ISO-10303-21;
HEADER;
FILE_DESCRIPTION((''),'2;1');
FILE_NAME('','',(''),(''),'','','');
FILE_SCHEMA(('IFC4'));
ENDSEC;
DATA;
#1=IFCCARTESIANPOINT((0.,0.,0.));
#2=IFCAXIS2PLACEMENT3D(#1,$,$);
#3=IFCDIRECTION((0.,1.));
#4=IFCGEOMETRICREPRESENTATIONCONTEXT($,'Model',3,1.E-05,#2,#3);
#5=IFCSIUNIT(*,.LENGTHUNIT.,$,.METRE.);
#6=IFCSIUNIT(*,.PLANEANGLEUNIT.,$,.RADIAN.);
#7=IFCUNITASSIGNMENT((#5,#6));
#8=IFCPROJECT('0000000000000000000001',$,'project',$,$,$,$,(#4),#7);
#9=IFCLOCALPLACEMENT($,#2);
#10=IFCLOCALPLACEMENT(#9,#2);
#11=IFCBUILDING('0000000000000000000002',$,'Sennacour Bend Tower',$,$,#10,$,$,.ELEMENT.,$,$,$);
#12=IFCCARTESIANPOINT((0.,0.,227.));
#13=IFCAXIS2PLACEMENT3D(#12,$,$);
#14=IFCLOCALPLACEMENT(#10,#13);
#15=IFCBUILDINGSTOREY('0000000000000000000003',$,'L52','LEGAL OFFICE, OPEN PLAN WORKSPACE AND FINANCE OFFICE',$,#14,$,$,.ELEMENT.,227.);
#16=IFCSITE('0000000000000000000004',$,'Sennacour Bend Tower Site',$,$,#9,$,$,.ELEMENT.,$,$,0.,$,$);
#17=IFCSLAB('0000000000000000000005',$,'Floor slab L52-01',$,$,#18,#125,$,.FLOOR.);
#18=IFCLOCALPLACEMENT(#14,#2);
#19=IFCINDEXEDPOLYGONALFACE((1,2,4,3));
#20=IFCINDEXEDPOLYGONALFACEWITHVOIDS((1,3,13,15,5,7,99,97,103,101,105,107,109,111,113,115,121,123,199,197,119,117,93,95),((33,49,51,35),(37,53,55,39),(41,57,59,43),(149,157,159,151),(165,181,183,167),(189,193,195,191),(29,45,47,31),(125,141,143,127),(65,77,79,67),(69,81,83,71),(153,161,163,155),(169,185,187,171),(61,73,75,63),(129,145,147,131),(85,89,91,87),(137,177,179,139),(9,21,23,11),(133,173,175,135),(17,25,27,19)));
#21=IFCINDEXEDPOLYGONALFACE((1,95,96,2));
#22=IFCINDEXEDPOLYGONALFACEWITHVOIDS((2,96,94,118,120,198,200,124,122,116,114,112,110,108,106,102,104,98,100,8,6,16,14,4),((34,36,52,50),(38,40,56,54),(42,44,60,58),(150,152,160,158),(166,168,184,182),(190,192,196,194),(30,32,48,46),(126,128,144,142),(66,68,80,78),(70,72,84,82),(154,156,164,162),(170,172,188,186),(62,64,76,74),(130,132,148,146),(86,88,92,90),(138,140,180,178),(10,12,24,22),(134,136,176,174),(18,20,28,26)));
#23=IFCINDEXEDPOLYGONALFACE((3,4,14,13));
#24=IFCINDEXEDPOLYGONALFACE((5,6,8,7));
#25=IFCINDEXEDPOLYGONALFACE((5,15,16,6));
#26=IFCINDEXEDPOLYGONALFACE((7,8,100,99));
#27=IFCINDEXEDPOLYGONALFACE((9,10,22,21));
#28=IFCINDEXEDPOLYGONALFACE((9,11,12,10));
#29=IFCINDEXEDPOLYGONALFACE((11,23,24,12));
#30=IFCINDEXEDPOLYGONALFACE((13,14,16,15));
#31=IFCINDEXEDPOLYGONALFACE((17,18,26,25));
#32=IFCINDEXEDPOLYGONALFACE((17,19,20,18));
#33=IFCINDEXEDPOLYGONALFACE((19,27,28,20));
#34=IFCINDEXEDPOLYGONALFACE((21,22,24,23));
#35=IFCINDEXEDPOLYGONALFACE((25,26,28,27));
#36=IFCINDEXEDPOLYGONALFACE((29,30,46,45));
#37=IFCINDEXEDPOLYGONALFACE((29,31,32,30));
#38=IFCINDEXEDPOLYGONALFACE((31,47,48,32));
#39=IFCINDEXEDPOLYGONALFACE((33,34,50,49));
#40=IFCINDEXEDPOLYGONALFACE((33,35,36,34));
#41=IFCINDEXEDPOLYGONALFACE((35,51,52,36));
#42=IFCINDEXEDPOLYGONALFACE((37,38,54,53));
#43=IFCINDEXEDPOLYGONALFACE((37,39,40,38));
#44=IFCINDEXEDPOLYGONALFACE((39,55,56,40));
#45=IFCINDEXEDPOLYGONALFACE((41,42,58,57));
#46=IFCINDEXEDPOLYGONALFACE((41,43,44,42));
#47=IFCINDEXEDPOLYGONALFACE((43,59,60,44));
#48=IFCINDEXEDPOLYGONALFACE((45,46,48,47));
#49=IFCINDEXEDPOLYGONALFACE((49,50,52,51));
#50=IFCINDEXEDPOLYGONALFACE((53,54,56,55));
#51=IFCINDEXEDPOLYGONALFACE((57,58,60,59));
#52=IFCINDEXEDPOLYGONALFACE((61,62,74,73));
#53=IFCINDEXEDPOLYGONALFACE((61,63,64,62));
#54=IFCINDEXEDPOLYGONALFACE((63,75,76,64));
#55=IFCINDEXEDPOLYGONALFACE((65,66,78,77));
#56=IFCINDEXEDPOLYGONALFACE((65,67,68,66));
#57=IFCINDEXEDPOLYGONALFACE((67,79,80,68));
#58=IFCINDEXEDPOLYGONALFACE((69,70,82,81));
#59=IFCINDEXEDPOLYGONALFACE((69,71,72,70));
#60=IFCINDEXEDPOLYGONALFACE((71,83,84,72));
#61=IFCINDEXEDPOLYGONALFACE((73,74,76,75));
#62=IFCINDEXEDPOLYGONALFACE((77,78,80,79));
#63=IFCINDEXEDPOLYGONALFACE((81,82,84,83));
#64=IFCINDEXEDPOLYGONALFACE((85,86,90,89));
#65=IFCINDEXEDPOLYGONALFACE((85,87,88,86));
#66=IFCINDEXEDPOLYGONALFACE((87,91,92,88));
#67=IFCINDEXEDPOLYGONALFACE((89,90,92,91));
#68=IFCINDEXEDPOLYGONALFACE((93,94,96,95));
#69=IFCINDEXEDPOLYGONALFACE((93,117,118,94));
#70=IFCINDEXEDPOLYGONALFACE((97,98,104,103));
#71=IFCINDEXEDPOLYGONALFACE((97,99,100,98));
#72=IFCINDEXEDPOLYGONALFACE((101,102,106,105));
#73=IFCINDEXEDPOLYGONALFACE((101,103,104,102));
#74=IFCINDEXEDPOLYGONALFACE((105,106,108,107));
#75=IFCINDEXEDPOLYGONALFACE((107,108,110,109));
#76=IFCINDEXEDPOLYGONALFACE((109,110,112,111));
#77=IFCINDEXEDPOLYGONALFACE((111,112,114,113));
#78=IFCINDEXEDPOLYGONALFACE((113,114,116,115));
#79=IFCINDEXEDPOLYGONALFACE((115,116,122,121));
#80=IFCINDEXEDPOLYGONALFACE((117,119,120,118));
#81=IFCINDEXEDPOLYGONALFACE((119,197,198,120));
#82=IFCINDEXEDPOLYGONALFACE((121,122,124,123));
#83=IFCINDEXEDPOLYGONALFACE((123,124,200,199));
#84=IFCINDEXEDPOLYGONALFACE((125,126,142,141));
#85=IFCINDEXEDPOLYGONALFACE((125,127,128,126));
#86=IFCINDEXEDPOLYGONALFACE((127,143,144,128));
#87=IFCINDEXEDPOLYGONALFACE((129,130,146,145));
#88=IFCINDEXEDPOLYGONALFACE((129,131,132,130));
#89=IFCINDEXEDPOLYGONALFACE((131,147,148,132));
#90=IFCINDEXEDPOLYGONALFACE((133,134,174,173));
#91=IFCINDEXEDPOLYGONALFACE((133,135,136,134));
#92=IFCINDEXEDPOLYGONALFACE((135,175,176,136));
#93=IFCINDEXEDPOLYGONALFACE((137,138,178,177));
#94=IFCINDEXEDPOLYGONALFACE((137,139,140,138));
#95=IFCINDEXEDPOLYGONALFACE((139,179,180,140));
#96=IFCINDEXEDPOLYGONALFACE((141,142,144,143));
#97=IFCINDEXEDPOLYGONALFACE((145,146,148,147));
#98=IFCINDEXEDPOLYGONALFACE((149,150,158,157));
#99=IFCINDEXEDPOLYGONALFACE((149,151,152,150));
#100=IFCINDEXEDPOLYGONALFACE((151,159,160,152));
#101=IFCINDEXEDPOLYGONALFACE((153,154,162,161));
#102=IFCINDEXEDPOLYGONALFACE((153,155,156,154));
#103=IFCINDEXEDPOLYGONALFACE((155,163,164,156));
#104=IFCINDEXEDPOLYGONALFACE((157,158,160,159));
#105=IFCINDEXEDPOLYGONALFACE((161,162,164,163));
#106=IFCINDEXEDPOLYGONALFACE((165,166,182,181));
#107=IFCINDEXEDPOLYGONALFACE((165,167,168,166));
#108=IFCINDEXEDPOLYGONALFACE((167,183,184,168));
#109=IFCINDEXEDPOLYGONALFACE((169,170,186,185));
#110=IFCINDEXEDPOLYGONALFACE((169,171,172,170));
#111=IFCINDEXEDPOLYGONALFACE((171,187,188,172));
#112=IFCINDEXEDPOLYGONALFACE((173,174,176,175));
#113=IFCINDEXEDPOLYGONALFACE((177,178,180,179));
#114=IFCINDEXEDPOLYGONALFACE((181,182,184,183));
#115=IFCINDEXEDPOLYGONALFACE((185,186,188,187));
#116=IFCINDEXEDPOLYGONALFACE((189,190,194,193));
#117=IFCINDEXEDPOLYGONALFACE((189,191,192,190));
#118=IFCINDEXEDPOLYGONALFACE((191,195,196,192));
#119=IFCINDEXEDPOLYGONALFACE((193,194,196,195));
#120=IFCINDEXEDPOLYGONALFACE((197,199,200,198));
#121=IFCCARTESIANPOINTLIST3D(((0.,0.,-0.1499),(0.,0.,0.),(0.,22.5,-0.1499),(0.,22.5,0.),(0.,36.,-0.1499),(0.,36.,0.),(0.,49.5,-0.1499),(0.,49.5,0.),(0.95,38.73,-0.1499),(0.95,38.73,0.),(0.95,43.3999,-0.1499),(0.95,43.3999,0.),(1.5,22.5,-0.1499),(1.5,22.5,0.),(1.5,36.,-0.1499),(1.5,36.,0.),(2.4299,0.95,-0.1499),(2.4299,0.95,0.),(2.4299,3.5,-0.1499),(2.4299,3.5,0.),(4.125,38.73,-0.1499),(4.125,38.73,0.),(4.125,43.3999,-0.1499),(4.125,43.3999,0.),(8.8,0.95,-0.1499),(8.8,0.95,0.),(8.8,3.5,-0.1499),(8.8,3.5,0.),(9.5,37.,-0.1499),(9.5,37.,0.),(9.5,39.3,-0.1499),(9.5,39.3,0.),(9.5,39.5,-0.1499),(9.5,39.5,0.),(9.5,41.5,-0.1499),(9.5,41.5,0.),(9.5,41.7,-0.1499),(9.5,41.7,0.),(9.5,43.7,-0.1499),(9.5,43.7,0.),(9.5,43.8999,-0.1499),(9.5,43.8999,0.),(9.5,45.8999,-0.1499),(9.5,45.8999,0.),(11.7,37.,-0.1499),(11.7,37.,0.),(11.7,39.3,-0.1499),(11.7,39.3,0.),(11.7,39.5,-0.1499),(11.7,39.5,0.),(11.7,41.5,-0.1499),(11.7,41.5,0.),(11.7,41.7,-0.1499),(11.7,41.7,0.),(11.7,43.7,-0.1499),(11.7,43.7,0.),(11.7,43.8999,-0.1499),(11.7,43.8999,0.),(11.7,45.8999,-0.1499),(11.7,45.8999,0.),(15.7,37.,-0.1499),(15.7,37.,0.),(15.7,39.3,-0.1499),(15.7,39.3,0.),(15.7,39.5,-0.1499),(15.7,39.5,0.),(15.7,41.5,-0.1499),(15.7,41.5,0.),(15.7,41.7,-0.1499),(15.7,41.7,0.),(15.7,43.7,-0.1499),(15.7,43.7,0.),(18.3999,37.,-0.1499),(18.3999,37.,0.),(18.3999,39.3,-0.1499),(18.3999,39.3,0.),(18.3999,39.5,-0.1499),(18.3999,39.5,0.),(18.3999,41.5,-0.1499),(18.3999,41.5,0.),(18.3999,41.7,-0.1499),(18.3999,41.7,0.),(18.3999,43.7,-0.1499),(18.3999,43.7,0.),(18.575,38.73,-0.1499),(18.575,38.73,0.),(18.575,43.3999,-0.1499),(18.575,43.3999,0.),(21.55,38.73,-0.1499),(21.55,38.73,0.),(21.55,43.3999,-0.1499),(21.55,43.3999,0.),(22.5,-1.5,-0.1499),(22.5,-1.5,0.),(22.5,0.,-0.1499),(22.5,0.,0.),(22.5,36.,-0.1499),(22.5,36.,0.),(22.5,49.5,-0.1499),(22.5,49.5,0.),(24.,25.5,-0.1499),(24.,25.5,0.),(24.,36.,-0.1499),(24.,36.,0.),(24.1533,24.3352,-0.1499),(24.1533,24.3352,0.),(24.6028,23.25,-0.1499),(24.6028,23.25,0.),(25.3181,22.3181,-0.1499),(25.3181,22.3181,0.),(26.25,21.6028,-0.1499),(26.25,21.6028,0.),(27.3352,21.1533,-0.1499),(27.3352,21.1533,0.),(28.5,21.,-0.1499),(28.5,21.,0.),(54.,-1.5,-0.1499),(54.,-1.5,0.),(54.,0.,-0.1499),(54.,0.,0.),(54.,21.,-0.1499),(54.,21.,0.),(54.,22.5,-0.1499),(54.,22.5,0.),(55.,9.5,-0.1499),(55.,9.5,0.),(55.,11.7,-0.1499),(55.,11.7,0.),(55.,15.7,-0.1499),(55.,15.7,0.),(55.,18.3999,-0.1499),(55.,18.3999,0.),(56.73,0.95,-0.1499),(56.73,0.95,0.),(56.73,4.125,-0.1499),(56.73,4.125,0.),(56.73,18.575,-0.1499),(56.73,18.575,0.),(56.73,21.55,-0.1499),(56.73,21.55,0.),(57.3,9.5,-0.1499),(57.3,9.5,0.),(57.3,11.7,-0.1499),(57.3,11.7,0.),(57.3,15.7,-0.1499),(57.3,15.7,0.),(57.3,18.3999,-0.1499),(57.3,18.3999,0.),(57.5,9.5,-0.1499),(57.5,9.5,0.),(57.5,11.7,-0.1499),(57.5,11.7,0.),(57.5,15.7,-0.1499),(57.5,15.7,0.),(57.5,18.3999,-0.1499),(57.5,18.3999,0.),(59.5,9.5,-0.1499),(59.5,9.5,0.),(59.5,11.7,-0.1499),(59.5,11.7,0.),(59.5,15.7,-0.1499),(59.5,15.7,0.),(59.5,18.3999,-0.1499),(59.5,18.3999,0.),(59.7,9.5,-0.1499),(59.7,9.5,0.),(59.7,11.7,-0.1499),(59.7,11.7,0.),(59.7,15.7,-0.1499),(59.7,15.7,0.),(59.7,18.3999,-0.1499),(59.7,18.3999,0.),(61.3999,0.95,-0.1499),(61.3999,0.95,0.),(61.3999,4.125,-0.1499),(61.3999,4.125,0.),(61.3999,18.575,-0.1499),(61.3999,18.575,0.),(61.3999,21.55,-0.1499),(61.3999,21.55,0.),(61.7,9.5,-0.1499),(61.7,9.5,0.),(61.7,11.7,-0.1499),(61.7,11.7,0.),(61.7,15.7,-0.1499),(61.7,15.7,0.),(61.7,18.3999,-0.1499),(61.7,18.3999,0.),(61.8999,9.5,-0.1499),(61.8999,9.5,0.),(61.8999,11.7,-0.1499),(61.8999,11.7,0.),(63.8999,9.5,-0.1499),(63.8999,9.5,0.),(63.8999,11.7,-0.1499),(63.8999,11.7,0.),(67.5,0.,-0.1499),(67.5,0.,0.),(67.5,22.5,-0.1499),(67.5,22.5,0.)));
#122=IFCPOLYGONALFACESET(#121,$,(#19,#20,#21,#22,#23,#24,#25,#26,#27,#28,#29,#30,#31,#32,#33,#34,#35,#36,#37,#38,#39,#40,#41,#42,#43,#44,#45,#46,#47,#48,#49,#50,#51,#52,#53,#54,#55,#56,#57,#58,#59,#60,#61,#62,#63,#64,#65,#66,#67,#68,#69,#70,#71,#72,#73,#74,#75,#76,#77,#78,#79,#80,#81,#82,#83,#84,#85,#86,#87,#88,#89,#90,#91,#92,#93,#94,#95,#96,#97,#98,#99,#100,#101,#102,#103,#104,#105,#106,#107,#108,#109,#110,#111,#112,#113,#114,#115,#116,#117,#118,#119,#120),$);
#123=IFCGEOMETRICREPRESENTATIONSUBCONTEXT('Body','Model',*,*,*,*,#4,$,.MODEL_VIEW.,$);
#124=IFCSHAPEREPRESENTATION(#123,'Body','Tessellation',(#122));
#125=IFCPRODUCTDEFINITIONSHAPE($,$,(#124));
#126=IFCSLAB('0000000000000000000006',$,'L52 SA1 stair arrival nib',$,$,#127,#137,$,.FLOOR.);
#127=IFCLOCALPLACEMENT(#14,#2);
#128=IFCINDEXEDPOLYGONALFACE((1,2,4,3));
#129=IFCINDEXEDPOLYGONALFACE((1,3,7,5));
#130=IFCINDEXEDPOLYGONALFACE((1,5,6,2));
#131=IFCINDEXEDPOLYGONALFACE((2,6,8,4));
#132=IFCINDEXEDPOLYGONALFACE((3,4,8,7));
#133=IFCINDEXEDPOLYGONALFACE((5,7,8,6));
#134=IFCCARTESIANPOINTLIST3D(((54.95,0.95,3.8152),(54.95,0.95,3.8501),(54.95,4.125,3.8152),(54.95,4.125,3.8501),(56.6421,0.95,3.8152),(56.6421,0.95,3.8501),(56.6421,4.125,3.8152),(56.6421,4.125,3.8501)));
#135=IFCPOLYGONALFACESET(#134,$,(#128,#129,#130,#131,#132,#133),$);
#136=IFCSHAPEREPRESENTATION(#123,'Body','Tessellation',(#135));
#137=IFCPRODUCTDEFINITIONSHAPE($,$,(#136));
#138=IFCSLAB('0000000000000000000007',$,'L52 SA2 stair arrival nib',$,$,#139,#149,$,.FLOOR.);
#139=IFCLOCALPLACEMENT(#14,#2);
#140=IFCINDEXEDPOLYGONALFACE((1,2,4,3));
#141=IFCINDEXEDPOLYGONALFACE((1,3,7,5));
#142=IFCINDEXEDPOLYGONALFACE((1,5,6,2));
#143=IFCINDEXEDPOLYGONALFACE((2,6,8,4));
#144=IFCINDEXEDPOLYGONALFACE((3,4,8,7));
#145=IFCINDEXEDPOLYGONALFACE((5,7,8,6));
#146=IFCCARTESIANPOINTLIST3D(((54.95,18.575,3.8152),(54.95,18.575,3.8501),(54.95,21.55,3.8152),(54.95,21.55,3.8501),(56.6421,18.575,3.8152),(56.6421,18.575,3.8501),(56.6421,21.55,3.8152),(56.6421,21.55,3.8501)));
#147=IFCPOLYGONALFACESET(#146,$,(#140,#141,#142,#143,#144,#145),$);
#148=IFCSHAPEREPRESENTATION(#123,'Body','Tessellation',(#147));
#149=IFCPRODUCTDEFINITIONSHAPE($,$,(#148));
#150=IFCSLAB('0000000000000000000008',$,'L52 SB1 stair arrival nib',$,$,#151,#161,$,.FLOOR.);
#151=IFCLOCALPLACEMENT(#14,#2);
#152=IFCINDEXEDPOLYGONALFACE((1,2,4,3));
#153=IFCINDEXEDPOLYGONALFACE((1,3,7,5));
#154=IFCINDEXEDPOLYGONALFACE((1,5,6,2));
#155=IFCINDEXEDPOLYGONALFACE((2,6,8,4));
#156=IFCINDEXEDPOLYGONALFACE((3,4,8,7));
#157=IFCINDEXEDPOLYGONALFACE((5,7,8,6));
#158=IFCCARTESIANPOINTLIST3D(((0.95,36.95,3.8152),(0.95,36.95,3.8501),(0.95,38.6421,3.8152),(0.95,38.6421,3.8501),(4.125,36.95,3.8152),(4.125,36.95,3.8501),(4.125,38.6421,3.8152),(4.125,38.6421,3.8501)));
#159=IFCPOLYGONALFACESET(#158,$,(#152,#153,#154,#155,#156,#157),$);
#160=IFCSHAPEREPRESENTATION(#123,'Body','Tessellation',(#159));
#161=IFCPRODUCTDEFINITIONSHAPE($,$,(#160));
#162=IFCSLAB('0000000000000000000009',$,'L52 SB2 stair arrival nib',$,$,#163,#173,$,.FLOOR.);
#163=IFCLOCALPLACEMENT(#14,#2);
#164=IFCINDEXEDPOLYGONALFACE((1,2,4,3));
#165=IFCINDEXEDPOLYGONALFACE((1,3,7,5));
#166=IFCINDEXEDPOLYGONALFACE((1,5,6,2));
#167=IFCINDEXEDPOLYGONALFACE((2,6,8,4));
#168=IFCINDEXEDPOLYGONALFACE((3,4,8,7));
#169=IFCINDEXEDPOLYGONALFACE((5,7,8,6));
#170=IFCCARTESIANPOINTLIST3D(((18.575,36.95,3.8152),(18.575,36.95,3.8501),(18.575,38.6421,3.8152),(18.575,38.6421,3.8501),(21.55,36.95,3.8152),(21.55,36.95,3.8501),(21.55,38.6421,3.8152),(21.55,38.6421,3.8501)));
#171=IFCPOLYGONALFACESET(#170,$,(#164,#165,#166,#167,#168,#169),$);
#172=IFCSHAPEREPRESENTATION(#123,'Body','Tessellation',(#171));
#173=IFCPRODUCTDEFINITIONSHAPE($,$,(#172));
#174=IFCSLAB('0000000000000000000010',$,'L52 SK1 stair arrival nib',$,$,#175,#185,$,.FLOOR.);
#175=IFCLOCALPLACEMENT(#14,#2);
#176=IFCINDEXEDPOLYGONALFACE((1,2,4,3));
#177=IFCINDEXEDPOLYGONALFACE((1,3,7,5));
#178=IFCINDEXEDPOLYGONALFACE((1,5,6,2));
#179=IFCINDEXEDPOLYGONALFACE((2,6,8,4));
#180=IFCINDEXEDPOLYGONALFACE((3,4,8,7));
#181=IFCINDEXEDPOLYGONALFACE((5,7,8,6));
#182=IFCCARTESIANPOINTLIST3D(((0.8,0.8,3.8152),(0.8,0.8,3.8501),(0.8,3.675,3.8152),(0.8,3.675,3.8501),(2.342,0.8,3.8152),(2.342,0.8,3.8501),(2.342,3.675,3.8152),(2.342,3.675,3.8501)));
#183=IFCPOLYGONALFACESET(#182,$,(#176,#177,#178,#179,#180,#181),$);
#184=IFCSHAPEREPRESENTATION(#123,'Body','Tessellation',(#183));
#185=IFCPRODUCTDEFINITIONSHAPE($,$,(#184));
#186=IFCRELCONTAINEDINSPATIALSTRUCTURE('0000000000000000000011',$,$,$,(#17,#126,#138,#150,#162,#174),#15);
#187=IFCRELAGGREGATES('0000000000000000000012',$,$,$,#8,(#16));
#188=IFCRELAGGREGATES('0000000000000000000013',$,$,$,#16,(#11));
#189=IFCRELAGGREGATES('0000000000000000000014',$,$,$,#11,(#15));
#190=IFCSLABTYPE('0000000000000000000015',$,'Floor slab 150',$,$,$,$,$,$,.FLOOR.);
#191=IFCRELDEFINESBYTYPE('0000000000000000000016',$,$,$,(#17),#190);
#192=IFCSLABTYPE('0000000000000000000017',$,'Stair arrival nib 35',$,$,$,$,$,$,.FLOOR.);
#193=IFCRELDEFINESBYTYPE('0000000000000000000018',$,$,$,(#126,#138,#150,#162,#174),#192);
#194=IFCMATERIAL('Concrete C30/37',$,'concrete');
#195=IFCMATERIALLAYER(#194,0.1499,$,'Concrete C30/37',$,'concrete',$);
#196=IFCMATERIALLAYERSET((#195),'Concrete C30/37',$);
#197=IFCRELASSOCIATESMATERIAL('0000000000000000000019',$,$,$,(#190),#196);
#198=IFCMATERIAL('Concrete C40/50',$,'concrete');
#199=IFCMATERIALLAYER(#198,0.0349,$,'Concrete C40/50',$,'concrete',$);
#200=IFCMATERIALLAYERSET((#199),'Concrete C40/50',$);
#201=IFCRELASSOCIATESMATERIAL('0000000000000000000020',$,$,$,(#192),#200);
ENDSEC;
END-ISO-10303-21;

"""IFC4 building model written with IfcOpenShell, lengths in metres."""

from ifc_helpers import new_model, si_unit, direction, frame, origin, place, context, subcontext, project, spatial, polyline, outline, extrude, material, layer, layer_set, type_object, element, save


model = new_model("IFC4")

# Units and contexts
model_context = context("Model", 3, precision=1e-05, world=origin(), true_north=direction((0.0, 1.0)))
body_context = subcontext(model_context, "Body", "Model", "MODEL_VIEW")
ifc_project = project(units=[si_unit("LENGTHUNIT", "METRE"), si_unit("PLANEANGLEUNIT", "RADIAN")], contexts=[model_context])

# Site, building, storey
site_placement = place(None, origin())
site = spatial("IfcSite", under=ifc_project, at=site_placement, Name="Sennacour Bend Tower Site", CompositionType="ELEMENT", RefElevation=0.0)
building_placement = place(site_placement, origin())
building = spatial("IfcBuilding", under=site, at=building_placement, Name="Sennacour Bend Tower", CompositionType="ELEMENT")
storey_placement = place(building_placement, frame((0.0, 0.0, 227.0)))
storey = spatial("IfcBuildingStorey", under=building, at=storey_placement, Name="L52", Description="LEGAL OFFICE, OPEN PLAN WORKSPACE AND FINANCE OFFICE", CompositionType="ELEMENT", Elevation=227.0)

# Slabs
ifc_material_1 = material(Name="Concrete C30/37", Category="concrete")
ifc_layer_1 = layer(ifc_material_1, 0.1499, Name="Concrete C30/37", Category="concrete")
ifc_layer_set_1 = layer_set([ifc_layer_1], Name="Concrete C30/37")
slab_type_1 = type_object("IfcSlabType", Name="Floor slab 150", PredefinedType="FLOOR", material=ifc_layer_set_1)
slab_1_placement = place(storey_placement, frame((0.0, 0.0, -0.1499)))
element("IfcSlab", 1, at=slab_1_placement, inside=storey, type_object=slab_type_1, Name="Floor slab L52-01", PredefinedType="FLOOR", context=body_context, shape_type="SweptSolid", body=[
    extrude(outline(polyline([(22.5, 0.0), (0.0, 0.0), (0.0, 22.5), (1.5, 22.5), (1.5, 36.0), (0.0, 36.0), (0.0, 49.5), (22.5, 49.5), (22.5, 36.0), (24.0, 36.0), (24.0, 25.5), (24.1533, 24.3352), (24.6028, 23.25), (25.3181, 22.3181), (26.25, 21.6028), (27.3352, 21.1533), (28.5, 21.0), (54.0, 21.0), (54.0, 22.5), (67.5, 22.5), (67.5, 0.0), (54.0, 0.0), (54.0, -1.5), (22.5, -1.5), (22.5, 0.0)]), holes=[polyline([(8.8, 0.95), (8.8, 3.5), (2.4299, 3.5), (2.4299, 0.95), (8.8, 0.95)]), polyline([(11.7, 37.0), (11.7, 39.3), (9.5, 39.3), (9.5, 37.0), (11.7, 37.0)]), polyline([(18.3999, 37.0), (18.3999, 39.3), (15.7, 39.3), (15.7, 37.0), (18.3999, 37.0)]), polyline([(11.7, 39.5), (11.7, 41.5), (9.5, 41.5), (9.5, 39.5), (11.7, 39.5)]), polyline([(18.3999, 39.5), (18.3999, 41.5), (15.7, 41.5), (15.7, 39.5), (18.3999, 39.5)]), polyline([(4.125, 38.73), (4.125, 43.3999), (0.95, 43.3999), (0.95, 38.73), (4.125, 38.73)]), polyline([(21.55, 38.73), (21.55, 43.3999), (18.575, 43.3999), (18.575, 38.73), (21.55, 38.73)]), polyline([(9.5, 41.7), (11.7, 41.7), (11.7, 43.7), (9.5, 43.7), (9.5, 41.7)]), polyline([(15.7, 41.7), (18.3999, 41.7), (18.3999, 43.7), (15.7, 43.7), (15.7, 41.7)]), polyline([(11.7, 43.8999), (11.7, 45.8999), (9.5, 45.8999), (9.5, 43.8999), (11.7, 43.8999)]), polyline([(61.3999, 0.95), (61.3999, 4.125), (56.73, 4.125), (56.73, 0.95), (61.3999, 0.95)]), polyline([(57.3, 9.5), (57.3, 11.7), (55.0, 11.7), (55.0, 9.5), (57.3, 9.5)]), polyline([(57.5, 9.5), (59.5, 9.5), (59.5, 11.7), (57.5, 11.7), (57.5, 9.5)]), polyline([(59.7, 9.5), (61.7, 9.5), (61.7, 11.7), (59.7, 11.7), (59.7, 9.5)]), polyline([(63.8999, 9.5), (63.8999, 11.7), (61.8999, 11.7), (61.8999, 9.5), (63.8999, 9.5)]), polyline([(57.3, 15.7), (57.3, 18.3999), (55.0, 18.3999), (55.0, 15.7), (57.3, 15.7)]), polyline([(59.5, 15.7), (59.5, 18.3999), (57.5, 18.3999), (57.5, 15.7), (59.5, 15.7)]), polyline([(59.7, 15.7), (61.7, 15.7), (61.7, 18.3999), (59.7, 18.3999), (59.7, 15.7)]), polyline([(56.73, 18.575), (61.3999, 18.575), (61.3999, 21.55), (56.73, 21.55), (56.73, 18.575)])]), origin(), (0.0, 0.0, 1.0), 0.1499),
])
ifc_material_2 = material(Name="Concrete C40/50", Category="concrete")
ifc_layer_2 = layer(ifc_material_2, 0.0349, Name="Concrete C40/50", Category="concrete")
ifc_layer_set_2 = layer_set([ifc_layer_2], Name="Concrete C40/50")
slab_type_2 = type_object("IfcSlabType", Name="Stair arrival nib 35", PredefinedType="FLOOR", material=ifc_layer_set_2)
slab_2_placement = place(storey_placement, frame((0.0, 0.0, 3.8152)))
element("IfcSlab", 2, at=slab_2_placement, inside=storey, type_object=slab_type_2, Name="L52 SA1 stair arrival nib", PredefinedType="FLOOR", context=body_context, shape_type="SweptSolid", body=[
    extrude(outline(polyline([(56.6421, 4.125), (54.95, 4.125), (54.95, 0.95), (56.6421, 0.95), (56.6421, 4.125)])), origin(), (0.0, 0.0, 1.0), 0.0349),
])
slab_3_placement = place(storey_placement, frame((0.0, 0.0, 3.8152)))
element("IfcSlab", 3, at=slab_3_placement, inside=storey, type_object=slab_type_2, Name="L52 SA2 stair arrival nib", PredefinedType="FLOOR", context=body_context, shape_type="SweptSolid", body=[
    extrude(outline(polyline([(56.6421, 21.55), (54.95, 21.55), (54.95, 18.575), (56.6421, 18.575), (56.6421, 21.55)])), origin(), (0.0, 0.0, 1.0), 0.0349),
])
slab_4_placement = place(storey_placement, frame((0.0, 0.0, 3.8152)))
element("IfcSlab", 4, at=slab_4_placement, inside=storey, type_object=slab_type_2, Name="L52 SB1 stair arrival nib", PredefinedType="FLOOR", context=body_context, shape_type="SweptSolid", body=[
    extrude(outline(polyline([(0.95, 38.6421), (0.95, 36.95), (4.125, 36.95), (4.125, 38.6421), (0.95, 38.6421)])), origin(), (0.0, 0.0, 1.0), 0.0349),
])
slab_5_placement = place(storey_placement, frame((0.0, 0.0, 3.8152)))
element("IfcSlab", 5, at=slab_5_placement, inside=storey, type_object=slab_type_2, Name="L52 SB2 stair arrival nib", PredefinedType="FLOOR", context=body_context, shape_type="SweptSolid", body=[
    extrude(outline(polyline([(18.575, 38.6421), (18.575, 36.95), (21.55, 36.95), (21.55, 38.6421), (18.575, 38.6421)])), origin(), (0.0, 0.0, 1.0), 0.0349),
])
slab_6_placement = place(storey_placement, frame((0.0, 0.0, 3.8152)))
element("IfcSlab", 6, at=slab_6_placement, inside=storey, type_object=slab_type_2, Name="L52 SK1 stair arrival nib", PredefinedType="FLOOR", context=body_context, shape_type="SweptSolid", body=[
    extrude(outline(polyline([(2.342, 3.675), (0.8, 3.675), (0.8, 0.8), (2.342, 0.8), (2.342, 3.675)])), origin(), (0.0, 0.0, 1.0), 0.0349),
])

save(model, "model.ifc")
